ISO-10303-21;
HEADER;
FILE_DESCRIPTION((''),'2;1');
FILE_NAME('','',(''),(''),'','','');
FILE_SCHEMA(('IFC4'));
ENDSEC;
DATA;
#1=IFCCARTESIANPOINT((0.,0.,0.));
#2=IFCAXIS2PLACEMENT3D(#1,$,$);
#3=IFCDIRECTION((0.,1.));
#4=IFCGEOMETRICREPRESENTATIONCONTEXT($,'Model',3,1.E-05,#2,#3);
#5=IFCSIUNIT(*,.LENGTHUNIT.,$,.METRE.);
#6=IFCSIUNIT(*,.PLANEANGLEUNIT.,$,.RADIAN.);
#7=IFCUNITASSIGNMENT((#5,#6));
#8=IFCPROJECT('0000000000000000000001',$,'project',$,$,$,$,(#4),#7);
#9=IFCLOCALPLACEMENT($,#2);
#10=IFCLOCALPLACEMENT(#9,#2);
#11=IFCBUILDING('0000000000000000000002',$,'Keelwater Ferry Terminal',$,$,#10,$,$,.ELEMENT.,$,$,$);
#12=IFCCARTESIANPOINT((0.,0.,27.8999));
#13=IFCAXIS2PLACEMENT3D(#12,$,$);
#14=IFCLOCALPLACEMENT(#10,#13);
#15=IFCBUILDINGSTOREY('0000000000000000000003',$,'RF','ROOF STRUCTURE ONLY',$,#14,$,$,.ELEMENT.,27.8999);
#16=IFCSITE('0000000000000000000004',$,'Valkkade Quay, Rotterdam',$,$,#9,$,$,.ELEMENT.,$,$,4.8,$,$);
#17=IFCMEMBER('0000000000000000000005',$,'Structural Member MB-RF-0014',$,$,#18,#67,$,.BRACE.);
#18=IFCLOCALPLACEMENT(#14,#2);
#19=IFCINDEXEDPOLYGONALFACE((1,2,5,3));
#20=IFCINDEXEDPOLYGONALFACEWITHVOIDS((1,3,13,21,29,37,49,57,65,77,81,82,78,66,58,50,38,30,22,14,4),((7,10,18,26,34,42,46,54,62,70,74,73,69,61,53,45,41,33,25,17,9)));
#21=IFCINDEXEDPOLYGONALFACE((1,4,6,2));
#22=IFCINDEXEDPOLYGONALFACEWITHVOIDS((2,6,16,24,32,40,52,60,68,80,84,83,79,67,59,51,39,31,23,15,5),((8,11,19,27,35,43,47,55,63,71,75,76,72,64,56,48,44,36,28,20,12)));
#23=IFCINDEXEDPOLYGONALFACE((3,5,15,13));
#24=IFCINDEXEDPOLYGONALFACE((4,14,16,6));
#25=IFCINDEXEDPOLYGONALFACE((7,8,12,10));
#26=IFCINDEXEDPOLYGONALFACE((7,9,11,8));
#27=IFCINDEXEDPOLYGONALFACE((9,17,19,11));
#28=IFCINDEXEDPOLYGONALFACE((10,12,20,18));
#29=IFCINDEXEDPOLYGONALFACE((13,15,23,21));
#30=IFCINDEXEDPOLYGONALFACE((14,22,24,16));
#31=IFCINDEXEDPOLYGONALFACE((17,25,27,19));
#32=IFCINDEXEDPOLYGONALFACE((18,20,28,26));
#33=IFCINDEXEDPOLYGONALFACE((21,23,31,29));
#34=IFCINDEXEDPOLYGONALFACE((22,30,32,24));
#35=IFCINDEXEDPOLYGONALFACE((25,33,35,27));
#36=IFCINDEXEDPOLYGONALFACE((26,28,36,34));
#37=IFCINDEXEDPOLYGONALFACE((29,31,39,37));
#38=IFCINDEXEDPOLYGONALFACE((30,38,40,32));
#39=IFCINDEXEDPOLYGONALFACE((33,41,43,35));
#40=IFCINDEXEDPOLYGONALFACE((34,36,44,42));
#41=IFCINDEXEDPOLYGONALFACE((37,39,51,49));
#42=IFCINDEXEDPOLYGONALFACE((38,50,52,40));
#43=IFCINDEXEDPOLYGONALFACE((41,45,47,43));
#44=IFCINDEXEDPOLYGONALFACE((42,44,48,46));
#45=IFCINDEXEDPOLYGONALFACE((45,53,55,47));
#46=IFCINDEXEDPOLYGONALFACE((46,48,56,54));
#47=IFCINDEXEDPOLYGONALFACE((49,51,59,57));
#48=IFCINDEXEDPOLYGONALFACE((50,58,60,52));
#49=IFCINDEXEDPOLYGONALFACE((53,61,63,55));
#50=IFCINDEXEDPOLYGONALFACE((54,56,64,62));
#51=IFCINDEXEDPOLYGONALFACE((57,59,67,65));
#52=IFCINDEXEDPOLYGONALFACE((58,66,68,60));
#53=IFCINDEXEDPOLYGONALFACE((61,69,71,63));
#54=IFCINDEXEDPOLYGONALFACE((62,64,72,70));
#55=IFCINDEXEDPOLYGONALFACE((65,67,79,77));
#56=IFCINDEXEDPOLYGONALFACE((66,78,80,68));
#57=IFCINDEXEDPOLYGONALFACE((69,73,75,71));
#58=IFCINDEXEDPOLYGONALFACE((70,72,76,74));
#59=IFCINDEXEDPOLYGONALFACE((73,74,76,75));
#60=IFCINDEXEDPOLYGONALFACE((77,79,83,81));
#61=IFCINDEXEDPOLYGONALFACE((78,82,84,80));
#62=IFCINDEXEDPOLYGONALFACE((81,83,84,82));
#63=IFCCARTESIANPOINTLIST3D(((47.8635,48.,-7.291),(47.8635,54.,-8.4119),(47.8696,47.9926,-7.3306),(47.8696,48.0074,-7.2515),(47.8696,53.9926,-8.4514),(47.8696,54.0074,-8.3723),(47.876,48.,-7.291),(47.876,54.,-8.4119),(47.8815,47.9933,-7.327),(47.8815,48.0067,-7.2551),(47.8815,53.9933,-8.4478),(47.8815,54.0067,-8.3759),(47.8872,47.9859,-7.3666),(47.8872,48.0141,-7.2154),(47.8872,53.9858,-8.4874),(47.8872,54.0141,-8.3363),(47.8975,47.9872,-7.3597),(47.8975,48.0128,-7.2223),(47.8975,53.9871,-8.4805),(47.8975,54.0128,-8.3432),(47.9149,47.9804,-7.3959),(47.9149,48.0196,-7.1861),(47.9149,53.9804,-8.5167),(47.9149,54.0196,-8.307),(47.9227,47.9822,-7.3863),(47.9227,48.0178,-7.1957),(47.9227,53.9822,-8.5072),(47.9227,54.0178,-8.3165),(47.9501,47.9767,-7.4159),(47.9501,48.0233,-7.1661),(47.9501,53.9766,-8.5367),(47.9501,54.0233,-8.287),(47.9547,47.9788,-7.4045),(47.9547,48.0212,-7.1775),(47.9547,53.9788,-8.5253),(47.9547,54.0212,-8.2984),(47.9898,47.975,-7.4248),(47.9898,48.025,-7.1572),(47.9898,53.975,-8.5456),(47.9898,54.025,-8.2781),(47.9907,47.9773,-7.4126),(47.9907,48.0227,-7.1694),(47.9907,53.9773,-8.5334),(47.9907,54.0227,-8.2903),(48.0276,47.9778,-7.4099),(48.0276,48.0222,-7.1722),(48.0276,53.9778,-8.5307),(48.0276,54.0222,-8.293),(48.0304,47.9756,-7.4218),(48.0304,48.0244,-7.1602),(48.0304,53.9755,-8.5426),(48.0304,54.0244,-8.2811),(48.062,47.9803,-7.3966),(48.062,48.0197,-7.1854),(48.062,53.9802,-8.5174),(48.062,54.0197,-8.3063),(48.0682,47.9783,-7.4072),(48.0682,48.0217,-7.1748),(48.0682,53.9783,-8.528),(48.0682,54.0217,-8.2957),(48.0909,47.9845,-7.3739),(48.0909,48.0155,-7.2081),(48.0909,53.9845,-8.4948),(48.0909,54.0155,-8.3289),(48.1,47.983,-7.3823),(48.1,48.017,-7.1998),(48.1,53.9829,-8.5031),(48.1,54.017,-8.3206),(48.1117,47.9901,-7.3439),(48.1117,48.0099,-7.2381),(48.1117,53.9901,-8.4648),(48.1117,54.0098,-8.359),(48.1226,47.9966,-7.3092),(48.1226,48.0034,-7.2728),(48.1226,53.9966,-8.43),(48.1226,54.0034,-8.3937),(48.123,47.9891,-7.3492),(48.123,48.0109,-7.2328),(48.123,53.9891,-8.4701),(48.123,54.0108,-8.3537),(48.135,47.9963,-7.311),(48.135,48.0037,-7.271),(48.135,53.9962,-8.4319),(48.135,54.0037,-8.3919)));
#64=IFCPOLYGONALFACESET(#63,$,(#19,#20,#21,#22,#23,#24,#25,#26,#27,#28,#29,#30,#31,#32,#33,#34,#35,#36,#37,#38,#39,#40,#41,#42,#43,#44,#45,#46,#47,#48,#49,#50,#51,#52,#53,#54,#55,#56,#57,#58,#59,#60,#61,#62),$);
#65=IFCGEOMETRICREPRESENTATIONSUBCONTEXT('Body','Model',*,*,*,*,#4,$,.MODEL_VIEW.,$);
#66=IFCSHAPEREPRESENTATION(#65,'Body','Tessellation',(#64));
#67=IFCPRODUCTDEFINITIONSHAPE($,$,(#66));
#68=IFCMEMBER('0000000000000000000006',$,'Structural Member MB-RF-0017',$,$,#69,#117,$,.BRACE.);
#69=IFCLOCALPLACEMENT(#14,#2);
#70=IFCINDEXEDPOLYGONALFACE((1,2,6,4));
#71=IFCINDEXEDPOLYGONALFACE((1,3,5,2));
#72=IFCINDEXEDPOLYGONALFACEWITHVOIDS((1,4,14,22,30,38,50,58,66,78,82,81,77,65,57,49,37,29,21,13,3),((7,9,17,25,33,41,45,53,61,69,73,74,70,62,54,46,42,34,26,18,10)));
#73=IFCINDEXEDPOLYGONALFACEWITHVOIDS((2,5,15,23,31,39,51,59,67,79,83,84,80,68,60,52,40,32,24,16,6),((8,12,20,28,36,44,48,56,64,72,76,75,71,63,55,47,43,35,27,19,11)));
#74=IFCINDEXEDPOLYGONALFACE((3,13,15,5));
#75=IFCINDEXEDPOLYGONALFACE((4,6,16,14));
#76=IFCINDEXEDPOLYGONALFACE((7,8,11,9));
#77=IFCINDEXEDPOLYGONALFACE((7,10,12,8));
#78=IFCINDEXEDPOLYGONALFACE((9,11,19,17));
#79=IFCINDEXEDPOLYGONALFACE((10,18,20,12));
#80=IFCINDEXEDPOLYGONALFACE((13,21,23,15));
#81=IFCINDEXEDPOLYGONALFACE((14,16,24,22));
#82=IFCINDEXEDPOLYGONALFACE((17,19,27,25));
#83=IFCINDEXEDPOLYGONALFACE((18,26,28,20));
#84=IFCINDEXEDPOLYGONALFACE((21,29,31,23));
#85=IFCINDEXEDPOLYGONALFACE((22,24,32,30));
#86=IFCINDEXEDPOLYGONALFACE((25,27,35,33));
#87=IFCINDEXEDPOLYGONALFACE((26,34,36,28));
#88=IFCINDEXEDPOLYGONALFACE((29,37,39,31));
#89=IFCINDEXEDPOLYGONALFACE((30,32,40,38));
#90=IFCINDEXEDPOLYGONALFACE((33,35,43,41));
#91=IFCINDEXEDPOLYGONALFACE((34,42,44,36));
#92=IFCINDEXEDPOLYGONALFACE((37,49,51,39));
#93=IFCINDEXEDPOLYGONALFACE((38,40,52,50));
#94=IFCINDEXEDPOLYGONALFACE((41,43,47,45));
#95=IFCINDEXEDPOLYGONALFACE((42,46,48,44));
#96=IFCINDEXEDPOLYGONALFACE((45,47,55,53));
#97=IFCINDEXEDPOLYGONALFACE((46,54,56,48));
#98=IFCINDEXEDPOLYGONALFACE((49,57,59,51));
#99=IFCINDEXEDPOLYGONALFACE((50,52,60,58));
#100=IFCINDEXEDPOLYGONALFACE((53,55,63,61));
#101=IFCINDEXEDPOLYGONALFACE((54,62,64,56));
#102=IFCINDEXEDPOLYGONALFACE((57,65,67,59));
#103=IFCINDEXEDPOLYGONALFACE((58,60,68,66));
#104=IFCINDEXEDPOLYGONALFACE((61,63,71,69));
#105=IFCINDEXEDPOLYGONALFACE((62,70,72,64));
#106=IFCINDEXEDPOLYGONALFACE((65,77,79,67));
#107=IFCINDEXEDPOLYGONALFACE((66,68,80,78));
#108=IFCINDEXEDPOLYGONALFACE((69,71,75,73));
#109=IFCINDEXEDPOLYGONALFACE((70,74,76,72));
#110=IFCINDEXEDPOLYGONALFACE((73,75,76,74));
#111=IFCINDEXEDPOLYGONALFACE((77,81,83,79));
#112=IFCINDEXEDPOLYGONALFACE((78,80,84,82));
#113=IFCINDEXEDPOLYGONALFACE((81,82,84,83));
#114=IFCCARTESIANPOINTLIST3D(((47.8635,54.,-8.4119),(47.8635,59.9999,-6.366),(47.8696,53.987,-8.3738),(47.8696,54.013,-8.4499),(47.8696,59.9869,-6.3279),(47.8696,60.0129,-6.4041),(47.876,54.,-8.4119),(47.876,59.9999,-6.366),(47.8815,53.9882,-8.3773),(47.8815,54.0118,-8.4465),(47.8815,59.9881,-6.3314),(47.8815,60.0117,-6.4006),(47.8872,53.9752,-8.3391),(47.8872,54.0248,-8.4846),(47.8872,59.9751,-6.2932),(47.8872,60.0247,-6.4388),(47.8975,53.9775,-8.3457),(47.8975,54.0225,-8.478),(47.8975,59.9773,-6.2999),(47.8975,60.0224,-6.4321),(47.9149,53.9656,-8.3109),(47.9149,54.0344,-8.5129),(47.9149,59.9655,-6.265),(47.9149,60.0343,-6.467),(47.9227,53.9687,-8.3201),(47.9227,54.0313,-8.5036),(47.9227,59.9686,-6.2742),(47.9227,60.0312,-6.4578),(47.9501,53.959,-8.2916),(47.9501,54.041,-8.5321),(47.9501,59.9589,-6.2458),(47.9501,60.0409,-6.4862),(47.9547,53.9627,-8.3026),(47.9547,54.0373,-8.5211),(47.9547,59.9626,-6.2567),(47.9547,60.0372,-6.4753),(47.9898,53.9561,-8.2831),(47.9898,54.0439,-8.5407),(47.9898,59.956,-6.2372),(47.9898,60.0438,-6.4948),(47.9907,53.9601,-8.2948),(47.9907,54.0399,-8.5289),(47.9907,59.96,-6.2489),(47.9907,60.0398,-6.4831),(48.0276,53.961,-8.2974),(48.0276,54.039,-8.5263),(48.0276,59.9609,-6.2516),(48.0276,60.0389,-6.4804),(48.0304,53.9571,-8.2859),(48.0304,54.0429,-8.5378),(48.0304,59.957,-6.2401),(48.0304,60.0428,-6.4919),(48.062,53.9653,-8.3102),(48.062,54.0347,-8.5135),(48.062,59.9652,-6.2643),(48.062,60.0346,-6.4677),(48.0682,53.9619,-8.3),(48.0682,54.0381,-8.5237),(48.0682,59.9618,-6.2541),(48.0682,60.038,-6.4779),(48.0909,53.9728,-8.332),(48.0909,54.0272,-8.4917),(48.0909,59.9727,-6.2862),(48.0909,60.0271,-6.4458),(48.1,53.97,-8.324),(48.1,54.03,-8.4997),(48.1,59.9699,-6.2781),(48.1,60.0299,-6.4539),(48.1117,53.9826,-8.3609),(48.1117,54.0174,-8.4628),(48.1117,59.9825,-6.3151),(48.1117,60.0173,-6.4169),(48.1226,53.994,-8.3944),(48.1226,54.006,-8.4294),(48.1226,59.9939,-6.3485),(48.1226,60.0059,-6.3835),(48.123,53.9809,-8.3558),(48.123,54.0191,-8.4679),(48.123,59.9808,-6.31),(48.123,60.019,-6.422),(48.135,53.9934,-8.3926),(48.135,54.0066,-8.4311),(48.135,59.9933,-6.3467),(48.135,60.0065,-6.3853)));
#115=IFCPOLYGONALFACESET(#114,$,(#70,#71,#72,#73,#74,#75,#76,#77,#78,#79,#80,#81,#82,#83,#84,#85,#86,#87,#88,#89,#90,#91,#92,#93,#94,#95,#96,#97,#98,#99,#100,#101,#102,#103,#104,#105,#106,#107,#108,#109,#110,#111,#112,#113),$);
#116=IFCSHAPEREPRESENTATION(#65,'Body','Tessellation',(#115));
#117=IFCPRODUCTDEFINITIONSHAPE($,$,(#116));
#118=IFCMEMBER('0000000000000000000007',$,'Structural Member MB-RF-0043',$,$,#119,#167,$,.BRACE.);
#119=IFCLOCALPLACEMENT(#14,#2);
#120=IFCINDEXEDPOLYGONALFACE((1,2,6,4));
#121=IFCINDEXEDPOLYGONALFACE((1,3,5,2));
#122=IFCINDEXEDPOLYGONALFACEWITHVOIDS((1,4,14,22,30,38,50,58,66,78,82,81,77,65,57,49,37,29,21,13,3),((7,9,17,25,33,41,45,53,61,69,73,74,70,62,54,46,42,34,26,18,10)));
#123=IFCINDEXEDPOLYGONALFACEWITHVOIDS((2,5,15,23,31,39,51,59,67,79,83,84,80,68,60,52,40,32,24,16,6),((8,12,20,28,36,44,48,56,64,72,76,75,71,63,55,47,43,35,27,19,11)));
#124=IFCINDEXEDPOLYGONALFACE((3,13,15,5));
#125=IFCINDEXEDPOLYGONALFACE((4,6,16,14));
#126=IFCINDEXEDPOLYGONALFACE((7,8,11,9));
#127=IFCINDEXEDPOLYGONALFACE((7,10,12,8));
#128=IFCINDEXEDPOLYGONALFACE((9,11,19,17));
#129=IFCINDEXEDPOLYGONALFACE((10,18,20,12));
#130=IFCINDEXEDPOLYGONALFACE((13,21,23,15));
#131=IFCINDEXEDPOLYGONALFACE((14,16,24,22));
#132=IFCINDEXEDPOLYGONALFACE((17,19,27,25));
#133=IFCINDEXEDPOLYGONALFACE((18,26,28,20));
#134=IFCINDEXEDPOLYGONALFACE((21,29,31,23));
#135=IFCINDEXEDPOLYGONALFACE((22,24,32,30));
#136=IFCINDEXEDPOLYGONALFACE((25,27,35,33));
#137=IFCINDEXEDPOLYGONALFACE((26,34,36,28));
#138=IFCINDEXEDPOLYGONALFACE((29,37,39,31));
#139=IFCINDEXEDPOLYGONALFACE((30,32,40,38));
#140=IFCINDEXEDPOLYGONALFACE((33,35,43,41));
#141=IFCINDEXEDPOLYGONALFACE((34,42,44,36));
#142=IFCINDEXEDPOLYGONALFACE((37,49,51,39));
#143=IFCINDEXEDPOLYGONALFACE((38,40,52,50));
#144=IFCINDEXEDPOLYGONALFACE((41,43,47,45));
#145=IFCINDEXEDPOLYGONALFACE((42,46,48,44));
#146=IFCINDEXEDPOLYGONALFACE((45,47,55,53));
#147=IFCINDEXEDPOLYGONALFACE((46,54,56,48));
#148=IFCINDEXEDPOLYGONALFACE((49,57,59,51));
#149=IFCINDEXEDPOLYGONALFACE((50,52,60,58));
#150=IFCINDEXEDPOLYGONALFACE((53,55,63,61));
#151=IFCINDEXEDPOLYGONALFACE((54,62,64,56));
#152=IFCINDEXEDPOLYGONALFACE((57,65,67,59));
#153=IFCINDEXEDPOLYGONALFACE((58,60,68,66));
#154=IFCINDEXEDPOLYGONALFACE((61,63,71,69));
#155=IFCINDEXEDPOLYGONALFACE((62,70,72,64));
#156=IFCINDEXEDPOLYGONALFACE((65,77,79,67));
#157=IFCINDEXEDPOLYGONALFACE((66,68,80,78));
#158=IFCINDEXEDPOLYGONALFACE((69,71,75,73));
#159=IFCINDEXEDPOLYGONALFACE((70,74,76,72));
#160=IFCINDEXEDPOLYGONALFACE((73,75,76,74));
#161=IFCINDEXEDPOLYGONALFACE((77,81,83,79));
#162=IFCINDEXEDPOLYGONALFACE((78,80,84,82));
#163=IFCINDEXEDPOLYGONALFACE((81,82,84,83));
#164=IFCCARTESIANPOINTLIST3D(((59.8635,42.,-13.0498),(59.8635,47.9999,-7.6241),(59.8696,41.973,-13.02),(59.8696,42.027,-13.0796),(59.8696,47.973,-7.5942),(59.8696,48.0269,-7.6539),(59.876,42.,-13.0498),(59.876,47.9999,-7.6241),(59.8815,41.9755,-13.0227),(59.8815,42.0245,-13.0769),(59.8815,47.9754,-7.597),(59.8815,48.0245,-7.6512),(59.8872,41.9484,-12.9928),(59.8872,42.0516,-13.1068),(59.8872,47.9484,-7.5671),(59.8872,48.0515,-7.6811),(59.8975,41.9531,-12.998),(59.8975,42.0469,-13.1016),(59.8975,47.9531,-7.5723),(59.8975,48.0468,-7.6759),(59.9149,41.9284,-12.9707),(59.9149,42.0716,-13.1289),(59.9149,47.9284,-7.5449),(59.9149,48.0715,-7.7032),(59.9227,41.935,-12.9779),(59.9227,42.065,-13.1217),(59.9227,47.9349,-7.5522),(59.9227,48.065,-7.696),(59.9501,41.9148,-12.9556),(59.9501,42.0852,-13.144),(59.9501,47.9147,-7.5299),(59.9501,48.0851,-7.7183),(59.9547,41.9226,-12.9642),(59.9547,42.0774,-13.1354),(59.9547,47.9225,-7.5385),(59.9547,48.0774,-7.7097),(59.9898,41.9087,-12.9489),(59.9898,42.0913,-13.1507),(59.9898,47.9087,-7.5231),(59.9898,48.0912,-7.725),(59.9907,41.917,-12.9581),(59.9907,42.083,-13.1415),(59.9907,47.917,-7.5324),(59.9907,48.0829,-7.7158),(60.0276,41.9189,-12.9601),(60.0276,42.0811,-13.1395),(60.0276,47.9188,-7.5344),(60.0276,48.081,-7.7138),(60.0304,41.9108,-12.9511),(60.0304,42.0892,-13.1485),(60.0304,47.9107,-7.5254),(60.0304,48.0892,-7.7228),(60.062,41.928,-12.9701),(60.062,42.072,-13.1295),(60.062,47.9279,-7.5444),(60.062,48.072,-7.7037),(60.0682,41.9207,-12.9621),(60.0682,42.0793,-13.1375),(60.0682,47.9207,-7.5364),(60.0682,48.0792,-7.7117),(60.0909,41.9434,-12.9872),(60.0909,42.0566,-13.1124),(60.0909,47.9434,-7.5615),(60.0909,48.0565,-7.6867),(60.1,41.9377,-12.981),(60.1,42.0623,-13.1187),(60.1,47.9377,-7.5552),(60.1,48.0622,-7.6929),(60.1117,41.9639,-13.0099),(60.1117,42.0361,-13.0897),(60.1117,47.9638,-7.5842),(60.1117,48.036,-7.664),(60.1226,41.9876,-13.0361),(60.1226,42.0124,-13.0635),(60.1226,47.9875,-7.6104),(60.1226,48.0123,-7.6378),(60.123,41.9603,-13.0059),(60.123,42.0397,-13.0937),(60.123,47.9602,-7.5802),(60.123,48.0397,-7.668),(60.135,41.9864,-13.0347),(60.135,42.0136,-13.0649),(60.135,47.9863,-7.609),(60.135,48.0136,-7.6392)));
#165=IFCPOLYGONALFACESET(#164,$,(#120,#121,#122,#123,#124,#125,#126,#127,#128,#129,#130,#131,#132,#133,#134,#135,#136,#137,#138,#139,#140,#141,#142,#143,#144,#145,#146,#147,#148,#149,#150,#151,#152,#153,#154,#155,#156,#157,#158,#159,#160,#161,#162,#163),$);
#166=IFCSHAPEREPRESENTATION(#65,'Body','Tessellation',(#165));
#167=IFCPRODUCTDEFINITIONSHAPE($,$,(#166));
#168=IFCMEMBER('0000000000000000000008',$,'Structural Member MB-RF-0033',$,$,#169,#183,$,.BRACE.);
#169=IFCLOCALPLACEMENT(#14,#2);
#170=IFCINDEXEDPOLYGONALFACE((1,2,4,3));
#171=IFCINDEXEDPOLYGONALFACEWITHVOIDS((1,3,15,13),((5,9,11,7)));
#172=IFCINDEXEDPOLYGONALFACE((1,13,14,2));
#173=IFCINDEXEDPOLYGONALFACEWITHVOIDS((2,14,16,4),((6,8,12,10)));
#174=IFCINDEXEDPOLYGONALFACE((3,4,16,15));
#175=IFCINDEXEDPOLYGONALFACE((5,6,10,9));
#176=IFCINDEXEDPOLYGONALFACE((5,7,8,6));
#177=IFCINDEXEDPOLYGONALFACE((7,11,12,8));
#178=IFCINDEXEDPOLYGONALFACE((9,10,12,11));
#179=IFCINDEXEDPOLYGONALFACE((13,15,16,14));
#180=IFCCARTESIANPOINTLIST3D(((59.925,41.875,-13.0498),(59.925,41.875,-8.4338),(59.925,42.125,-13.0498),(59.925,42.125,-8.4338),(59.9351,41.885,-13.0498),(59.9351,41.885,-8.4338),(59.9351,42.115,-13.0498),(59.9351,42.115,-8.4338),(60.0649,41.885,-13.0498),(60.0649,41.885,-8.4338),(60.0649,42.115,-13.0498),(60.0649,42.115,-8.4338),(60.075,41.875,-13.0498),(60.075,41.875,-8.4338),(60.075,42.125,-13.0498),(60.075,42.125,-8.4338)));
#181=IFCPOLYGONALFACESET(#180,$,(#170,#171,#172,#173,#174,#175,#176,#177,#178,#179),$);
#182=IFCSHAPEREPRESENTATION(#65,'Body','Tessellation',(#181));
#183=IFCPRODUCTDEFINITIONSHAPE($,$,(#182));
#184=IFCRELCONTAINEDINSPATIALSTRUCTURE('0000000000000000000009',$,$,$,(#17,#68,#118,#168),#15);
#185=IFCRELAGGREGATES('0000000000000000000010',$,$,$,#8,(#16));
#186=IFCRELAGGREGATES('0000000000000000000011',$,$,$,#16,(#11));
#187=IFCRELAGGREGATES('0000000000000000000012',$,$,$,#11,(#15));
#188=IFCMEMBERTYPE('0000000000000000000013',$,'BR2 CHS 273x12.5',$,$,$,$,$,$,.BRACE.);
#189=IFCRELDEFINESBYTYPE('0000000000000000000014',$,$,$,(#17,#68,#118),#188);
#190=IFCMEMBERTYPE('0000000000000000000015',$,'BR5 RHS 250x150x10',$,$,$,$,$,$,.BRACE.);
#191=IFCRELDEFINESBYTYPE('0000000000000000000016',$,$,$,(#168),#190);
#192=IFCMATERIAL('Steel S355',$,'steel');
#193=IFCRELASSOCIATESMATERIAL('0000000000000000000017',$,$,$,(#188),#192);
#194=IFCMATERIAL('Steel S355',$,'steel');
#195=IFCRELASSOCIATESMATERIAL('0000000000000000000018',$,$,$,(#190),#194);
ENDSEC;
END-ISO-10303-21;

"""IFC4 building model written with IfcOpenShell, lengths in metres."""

from ifc_helpers import new_model, si_unit, direction, frame, origin, origin_2d, place, context, subcontext, project, spatial, hollow_rectangle, hollow_circle, extrude, material, material_profile, profile_set, type_object, element, save


model = new_model("IFC4")

# Units and contexts
model_context = context("Model", 3, precision=1e-05, world=origin(), true_north=direction((0.0, 1.0)))
body_context = subcontext(model_context, "Body", "Model", "MODEL_VIEW")
ifc_project = project(units=[si_unit("LENGTHUNIT", "METRE"), si_unit("PLANEANGLEUNIT", "RADIAN")], contexts=[model_context])

# Site, building, storey
site_placement = place(None, origin())
site = spatial("IfcSite", under=ifc_project, at=site_placement, Name="Valkkade Quay, Rotterdam", CompositionType="ELEMENT", RefElevation=4.8)
building_placement = place(site_placement, origin())
building = spatial("IfcBuilding", under=site, at=building_placement, Name="Keelwater Ferry Terminal", CompositionType="ELEMENT")
storey_placement = place(building_placement, frame((0.0, 0.0, 27.8999)))
storey = spatial("IfcBuildingStorey", under=building, at=storey_placement, Name="RF", Description="ROOF STRUCTURE ONLY", CompositionType="ELEMENT", Elevation=27.8999)

# Members
ifc_material_1 = material(Name="Steel S355", Category="steel")
ifc_material_profile_1 = material_profile(ifc_material_1, hollow_circle(Radius=0.1365, WallThickness=0.0125, at=origin_2d()), Name="CHS 273x12.5")
ifc_profile_set_1 = profile_set([ifc_material_profile_1], Name="Steel S355")
member_type_1 = type_object("IfcMemberType", Name="BR2 CHS 273x12.5", PredefinedType="BRACE", material=ifc_profile_set_1)
member_1_placement = place(storey_placement, frame((48.0, 48.0, -7.291), z_axis=(0.0, 0.982995, -0.183632), x_axis=(-1.0, 0.0, 0.0)))
element("IfcMember", 1, at=member_1_placement, inside=storey, type_object=member_type_1, Name="Structural Member MB-RF-0014", PredefinedType="BRACE", context=body_context, shape_type="SweptSolid", body=[
    extrude(hollow_circle(Radius=0.1365, WallThickness=0.0125, at=origin_2d()), origin(), (0.0, 0.0, 1.0), 6.1038),
])
member_2_placement = place(storey_placement, frame((48.0, 54.0, -8.4119), z_axis=(0.0, 0.946489, 0.322737), x_axis=(-1.0, 0.0, 0.0)))
element("IfcMember", 2, at=member_2_placement, inside=storey, type_object=member_type_1, Name="Structural Member MB-RF-0017", PredefinedType="BRACE", context=body_context, shape_type="SweptSolid", body=[
    extrude(hollow_circle(Radius=0.1365, WallThickness=0.0125, at=origin_2d()), origin(), (0.0, 0.0, 1.0), 6.3391),
])
member_3_placement = place(storey_placement, frame((60.0, 42.0, -13.0498), z_axis=(0.0, 0.741707, 0.670724), x_axis=(-1.0, 0.0, 0.0)))
element("IfcMember", 3, at=member_3_placement, inside=storey, type_object=member_type_1, Name="Structural Member MB-RF-0043", PredefinedType="BRACE", context=body_context, shape_type="SweptSolid", body=[
    extrude(hollow_circle(Radius=0.1365, WallThickness=0.0125, at=origin_2d()), origin(), (0.0, 0.0, 1.0), 8.0894),
])
ifc_material_2 = material(Name="Steel S355", Category="steel")
ifc_material_profile_2 = material_profile(ifc_material_2, hollow_rectangle(XDim=0.1499, YDim=0.25, WallThickness=0.01, at=origin_2d()), Name="RHS 250x150x10")
ifc_profile_set_2 = profile_set([ifc_material_profile_2], Name="Steel S355")
member_type_2 = type_object("IfcMemberType", Name="BR5 RHS 250x150x10", PredefinedType="BRACE", material=ifc_profile_set_2)
member_4_placement = place(storey_placement, frame((60.0, 42.0, -13.0498), z_axis=(0.0, 0.0, 1.0), x_axis=(1.0, 0.0, 0.0)))
element("IfcMember", 4, at=member_4_placement, inside=storey, type_object=member_type_2, Name="Structural Member MB-RF-0033", PredefinedType="BRACE", context=body_context, shape_type="SweptSolid", body=[
    extrude(hollow_rectangle(XDim=0.1499, YDim=0.25, WallThickness=0.01, at=origin_2d()), origin(), (0.0, 0.0, 1.0), 4.616),
])

save(model, "model.ifc")
